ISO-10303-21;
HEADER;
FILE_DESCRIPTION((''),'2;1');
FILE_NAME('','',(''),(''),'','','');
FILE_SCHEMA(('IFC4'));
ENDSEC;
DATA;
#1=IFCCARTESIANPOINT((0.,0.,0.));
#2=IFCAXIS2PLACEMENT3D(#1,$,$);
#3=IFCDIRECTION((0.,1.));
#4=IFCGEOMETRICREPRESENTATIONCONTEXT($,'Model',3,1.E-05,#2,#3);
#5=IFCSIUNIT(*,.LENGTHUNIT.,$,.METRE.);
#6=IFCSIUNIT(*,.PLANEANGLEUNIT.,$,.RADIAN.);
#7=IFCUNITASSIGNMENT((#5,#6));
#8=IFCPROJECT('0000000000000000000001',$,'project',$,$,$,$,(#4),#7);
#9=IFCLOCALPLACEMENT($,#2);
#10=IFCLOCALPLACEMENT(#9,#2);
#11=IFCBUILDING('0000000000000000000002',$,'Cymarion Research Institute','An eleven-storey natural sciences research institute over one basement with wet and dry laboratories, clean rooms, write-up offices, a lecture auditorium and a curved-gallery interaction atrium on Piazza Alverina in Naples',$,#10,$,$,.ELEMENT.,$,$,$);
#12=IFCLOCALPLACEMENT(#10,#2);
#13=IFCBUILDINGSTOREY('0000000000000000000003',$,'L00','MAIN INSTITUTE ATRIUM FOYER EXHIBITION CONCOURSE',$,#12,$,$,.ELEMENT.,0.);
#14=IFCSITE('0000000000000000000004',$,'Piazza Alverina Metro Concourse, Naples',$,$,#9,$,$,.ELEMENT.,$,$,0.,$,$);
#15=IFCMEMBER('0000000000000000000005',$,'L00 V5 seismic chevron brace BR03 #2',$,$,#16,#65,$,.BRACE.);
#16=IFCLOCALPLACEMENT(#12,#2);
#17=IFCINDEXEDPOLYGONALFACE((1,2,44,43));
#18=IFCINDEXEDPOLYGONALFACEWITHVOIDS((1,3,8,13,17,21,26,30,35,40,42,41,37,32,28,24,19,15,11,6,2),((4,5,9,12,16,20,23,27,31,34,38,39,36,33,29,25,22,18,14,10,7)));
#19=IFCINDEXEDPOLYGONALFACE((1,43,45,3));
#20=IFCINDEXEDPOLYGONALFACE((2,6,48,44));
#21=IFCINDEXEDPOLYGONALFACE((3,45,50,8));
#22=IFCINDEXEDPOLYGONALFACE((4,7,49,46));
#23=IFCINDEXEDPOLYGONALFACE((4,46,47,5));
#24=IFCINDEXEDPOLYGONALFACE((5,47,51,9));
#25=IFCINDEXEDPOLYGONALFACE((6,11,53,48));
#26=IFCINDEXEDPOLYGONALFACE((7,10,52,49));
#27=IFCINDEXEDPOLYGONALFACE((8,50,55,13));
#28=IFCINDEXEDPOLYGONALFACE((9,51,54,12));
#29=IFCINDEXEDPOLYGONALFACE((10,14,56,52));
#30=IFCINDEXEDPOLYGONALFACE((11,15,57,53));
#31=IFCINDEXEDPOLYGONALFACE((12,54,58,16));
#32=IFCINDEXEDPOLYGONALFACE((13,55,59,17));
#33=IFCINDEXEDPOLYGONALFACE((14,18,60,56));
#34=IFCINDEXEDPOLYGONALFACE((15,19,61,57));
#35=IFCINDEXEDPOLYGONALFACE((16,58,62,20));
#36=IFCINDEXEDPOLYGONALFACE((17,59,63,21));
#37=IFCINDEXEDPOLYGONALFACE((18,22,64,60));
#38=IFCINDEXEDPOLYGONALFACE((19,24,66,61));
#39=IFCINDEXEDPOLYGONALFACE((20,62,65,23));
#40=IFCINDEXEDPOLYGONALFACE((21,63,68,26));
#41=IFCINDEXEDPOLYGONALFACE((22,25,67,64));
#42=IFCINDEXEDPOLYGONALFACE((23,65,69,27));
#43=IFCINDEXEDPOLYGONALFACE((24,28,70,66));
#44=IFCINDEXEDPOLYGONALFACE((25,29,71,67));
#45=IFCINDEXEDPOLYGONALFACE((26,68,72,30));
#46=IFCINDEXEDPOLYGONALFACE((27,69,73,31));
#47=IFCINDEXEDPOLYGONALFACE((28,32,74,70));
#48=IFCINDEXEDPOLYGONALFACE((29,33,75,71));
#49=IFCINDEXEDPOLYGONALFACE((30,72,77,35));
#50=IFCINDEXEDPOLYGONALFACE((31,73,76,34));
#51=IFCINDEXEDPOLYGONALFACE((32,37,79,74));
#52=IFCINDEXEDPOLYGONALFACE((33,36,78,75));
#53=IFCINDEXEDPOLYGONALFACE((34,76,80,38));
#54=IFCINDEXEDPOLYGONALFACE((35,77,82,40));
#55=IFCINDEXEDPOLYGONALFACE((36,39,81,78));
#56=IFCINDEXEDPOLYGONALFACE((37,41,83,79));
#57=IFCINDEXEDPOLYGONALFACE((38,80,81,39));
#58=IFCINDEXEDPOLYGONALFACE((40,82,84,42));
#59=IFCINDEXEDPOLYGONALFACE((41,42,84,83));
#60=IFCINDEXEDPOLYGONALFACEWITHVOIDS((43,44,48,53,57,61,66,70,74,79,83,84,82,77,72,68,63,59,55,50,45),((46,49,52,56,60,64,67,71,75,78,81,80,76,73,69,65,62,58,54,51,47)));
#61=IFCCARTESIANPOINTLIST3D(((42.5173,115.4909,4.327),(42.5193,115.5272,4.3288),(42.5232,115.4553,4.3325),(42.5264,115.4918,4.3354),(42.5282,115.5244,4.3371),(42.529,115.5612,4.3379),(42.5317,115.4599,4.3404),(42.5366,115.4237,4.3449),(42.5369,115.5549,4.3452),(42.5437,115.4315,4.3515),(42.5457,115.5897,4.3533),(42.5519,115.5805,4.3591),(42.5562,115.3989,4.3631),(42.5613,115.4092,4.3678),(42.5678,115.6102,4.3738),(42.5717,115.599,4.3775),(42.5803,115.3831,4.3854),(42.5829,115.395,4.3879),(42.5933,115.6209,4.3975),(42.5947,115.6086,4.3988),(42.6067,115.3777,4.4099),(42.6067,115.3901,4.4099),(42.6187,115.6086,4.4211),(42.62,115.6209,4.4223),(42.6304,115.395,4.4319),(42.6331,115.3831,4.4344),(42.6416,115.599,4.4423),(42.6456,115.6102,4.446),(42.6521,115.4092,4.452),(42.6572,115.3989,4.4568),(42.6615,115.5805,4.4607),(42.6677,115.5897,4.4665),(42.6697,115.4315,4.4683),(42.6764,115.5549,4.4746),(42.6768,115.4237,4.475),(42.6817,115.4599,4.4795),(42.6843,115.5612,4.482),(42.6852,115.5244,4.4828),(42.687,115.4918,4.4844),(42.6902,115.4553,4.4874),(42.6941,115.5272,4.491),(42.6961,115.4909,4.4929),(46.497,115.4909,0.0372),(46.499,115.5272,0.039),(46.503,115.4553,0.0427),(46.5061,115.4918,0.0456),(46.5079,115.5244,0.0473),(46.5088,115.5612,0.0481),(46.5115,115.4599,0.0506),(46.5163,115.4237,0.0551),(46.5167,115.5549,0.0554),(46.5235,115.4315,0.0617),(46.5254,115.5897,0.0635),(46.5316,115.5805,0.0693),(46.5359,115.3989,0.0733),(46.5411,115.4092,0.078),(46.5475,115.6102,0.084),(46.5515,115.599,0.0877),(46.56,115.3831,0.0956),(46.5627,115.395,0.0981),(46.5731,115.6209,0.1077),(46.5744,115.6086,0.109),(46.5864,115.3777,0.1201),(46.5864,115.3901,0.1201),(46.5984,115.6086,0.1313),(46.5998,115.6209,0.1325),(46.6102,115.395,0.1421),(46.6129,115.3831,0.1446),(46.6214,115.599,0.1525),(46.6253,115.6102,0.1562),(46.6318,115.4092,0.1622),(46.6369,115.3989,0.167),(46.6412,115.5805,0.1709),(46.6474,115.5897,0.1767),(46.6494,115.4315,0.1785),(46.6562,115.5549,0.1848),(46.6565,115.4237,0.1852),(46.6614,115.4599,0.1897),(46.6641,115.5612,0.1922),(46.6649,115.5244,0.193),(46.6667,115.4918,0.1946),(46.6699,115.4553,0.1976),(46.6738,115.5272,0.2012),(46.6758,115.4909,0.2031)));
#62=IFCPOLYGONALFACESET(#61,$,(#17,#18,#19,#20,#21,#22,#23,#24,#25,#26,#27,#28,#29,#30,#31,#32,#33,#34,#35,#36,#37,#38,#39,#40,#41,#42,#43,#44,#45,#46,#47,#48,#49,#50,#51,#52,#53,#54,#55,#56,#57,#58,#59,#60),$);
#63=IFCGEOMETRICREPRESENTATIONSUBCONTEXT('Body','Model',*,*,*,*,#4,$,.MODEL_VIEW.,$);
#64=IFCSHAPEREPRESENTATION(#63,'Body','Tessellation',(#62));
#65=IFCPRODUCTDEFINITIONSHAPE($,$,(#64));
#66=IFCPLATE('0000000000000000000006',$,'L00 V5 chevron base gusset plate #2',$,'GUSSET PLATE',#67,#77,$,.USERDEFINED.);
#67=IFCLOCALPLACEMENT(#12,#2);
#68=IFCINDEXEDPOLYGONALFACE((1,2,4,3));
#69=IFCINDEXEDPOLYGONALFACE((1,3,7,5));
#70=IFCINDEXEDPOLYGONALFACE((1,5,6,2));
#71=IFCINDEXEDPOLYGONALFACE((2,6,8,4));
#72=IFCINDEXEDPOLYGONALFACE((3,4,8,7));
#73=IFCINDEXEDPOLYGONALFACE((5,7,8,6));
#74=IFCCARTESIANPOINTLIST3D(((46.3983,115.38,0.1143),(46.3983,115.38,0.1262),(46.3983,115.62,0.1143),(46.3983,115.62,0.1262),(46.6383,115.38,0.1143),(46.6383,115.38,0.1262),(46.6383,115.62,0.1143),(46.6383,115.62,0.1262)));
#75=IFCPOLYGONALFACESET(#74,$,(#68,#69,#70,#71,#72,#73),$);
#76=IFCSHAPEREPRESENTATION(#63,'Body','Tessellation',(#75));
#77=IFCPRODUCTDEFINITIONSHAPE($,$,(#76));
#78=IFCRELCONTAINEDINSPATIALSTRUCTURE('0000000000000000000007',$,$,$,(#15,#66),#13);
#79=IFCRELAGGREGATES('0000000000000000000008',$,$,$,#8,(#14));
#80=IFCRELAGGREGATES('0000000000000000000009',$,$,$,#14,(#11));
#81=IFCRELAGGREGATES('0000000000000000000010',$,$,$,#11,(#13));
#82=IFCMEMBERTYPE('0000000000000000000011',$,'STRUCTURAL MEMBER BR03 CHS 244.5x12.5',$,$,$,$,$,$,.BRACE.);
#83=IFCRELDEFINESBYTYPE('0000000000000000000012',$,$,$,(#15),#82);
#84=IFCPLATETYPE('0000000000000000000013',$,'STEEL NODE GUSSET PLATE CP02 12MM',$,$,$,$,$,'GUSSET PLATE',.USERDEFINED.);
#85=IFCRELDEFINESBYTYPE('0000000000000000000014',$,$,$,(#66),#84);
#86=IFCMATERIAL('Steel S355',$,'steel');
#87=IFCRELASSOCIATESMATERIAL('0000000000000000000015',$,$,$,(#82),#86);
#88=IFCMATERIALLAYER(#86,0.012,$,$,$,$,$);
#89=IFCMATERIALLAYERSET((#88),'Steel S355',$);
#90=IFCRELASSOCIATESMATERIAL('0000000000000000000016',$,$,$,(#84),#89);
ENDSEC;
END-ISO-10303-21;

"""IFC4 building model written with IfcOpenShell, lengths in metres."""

from ifc_helpers import new_model, si_unit, direction, frame, origin, origin_2d, place, context, subcontext, project, spatial, rectangle, hollow_circle, extrude, material, layer, layer_set, material_profile, profile_set, type_object, element, save


model = new_model("IFC4")

# Units and contexts
model_context = context("Model", 3, precision=1e-05, world=origin(), true_north=direction((0.0, 1.0)))
body_context = subcontext(model_context, "Body", "Model", "MODEL_VIEW")
ifc_project = project(units=[si_unit("LENGTHUNIT", "METRE"), si_unit("PLANEANGLEUNIT", "RADIAN")], contexts=[model_context])

# Site, building, storey
site_placement = place(None, origin())
site = spatial("IfcSite", under=ifc_project, at=site_placement, Name="Piazza Alverina Metro Concourse, Naples", CompositionType="ELEMENT", RefElevation=0.0)
building_placement = place(site_placement, origin())
building = spatial("IfcBuilding", under=site, at=building_placement, Name="Cymarion Research Institute", Description="An eleven-storey natural sciences research institute over one basement with wet and dry laboratories, clean rooms, write-up offices, a lecture auditorium and a curved-gallery interaction atrium on Piazza Alverina in Naples", CompositionType="ELEMENT")
storey_placement = place(building_placement, origin())
storey = spatial("IfcBuildingStorey", under=building, at=storey_placement, Name="L00", Description="MAIN INSTITUTE ATRIUM FOYER EXHIBITION CONCOURSE", CompositionType="ELEMENT", Elevation=0.0)

# Shared definitions
ifc_material_1 = material(Name="Steel S355", Category="steel")

# Member
ifc_material_profile_1 = material_profile(ifc_material_1, hollow_circle(Radius=0.1223, WallThickness=0.0125, at=origin_2d()), Name="CHS 244.5x12.5")
ifc_profile_set_1 = profile_set([ifc_material_profile_1], Name="Steel S355")
member_type = type_object("IfcMemberType", Name="STRUCTURAL MEMBER BR03 CHS 244.5x12.5", PredefinedType="BRACE", material=ifc_profile_set_1)
member_placement = place(storey_placement, frame((46.5864, 115.5, 0.1201), z_axis=(-0.680117, 0.0, 0.733104), x_axis=(0.0, -1.0, 0.0)))
element("IfcMember", 1, at=member_placement, inside=storey, type_object=member_type, Name="L00 V5 seismic chevron brace BR03 #2", PredefinedType="BRACE", context=body_context, shape_type="SweptSolid", body=[
    extrude(hollow_circle(Radius=0.1223, WallThickness=0.0125, at=origin_2d()), origin(), (0.0, 0.0, 1.0), 5.8516),
])

# Plate
ifc_layer_1 = layer(ifc_material_1, 0.012)
ifc_layer_set_1 = layer_set([ifc_layer_1], Name="Steel S355")
plate_type = type_object("IfcPlateType", Name="STEEL NODE GUSSET PLATE CP02 12MM", ElementType="GUSSET PLATE", PredefinedType="USERDEFINED", material=ifc_layer_set_1)
plate_placement = place(storey_placement, frame((46.5183, 115.5, 0.1143), z_axis=(0.0, 0.0, 1.0), x_axis=(1.0, 0.0, 0.0)))
element("IfcPlate", 2, at=plate_placement, inside=storey, type_object=plate_type, Name="L00 V5 chevron base gusset plate #2", ObjectType="GUSSET PLATE", PredefinedType="USERDEFINED", context=body_context, shape_type="SweptSolid", body=[
    extrude(rectangle(XDim=0.24, YDim=0.24, at=origin_2d()), origin(), (0.0, 0.0, 1.0), 0.012),
])

save(model, "model.ifc")
